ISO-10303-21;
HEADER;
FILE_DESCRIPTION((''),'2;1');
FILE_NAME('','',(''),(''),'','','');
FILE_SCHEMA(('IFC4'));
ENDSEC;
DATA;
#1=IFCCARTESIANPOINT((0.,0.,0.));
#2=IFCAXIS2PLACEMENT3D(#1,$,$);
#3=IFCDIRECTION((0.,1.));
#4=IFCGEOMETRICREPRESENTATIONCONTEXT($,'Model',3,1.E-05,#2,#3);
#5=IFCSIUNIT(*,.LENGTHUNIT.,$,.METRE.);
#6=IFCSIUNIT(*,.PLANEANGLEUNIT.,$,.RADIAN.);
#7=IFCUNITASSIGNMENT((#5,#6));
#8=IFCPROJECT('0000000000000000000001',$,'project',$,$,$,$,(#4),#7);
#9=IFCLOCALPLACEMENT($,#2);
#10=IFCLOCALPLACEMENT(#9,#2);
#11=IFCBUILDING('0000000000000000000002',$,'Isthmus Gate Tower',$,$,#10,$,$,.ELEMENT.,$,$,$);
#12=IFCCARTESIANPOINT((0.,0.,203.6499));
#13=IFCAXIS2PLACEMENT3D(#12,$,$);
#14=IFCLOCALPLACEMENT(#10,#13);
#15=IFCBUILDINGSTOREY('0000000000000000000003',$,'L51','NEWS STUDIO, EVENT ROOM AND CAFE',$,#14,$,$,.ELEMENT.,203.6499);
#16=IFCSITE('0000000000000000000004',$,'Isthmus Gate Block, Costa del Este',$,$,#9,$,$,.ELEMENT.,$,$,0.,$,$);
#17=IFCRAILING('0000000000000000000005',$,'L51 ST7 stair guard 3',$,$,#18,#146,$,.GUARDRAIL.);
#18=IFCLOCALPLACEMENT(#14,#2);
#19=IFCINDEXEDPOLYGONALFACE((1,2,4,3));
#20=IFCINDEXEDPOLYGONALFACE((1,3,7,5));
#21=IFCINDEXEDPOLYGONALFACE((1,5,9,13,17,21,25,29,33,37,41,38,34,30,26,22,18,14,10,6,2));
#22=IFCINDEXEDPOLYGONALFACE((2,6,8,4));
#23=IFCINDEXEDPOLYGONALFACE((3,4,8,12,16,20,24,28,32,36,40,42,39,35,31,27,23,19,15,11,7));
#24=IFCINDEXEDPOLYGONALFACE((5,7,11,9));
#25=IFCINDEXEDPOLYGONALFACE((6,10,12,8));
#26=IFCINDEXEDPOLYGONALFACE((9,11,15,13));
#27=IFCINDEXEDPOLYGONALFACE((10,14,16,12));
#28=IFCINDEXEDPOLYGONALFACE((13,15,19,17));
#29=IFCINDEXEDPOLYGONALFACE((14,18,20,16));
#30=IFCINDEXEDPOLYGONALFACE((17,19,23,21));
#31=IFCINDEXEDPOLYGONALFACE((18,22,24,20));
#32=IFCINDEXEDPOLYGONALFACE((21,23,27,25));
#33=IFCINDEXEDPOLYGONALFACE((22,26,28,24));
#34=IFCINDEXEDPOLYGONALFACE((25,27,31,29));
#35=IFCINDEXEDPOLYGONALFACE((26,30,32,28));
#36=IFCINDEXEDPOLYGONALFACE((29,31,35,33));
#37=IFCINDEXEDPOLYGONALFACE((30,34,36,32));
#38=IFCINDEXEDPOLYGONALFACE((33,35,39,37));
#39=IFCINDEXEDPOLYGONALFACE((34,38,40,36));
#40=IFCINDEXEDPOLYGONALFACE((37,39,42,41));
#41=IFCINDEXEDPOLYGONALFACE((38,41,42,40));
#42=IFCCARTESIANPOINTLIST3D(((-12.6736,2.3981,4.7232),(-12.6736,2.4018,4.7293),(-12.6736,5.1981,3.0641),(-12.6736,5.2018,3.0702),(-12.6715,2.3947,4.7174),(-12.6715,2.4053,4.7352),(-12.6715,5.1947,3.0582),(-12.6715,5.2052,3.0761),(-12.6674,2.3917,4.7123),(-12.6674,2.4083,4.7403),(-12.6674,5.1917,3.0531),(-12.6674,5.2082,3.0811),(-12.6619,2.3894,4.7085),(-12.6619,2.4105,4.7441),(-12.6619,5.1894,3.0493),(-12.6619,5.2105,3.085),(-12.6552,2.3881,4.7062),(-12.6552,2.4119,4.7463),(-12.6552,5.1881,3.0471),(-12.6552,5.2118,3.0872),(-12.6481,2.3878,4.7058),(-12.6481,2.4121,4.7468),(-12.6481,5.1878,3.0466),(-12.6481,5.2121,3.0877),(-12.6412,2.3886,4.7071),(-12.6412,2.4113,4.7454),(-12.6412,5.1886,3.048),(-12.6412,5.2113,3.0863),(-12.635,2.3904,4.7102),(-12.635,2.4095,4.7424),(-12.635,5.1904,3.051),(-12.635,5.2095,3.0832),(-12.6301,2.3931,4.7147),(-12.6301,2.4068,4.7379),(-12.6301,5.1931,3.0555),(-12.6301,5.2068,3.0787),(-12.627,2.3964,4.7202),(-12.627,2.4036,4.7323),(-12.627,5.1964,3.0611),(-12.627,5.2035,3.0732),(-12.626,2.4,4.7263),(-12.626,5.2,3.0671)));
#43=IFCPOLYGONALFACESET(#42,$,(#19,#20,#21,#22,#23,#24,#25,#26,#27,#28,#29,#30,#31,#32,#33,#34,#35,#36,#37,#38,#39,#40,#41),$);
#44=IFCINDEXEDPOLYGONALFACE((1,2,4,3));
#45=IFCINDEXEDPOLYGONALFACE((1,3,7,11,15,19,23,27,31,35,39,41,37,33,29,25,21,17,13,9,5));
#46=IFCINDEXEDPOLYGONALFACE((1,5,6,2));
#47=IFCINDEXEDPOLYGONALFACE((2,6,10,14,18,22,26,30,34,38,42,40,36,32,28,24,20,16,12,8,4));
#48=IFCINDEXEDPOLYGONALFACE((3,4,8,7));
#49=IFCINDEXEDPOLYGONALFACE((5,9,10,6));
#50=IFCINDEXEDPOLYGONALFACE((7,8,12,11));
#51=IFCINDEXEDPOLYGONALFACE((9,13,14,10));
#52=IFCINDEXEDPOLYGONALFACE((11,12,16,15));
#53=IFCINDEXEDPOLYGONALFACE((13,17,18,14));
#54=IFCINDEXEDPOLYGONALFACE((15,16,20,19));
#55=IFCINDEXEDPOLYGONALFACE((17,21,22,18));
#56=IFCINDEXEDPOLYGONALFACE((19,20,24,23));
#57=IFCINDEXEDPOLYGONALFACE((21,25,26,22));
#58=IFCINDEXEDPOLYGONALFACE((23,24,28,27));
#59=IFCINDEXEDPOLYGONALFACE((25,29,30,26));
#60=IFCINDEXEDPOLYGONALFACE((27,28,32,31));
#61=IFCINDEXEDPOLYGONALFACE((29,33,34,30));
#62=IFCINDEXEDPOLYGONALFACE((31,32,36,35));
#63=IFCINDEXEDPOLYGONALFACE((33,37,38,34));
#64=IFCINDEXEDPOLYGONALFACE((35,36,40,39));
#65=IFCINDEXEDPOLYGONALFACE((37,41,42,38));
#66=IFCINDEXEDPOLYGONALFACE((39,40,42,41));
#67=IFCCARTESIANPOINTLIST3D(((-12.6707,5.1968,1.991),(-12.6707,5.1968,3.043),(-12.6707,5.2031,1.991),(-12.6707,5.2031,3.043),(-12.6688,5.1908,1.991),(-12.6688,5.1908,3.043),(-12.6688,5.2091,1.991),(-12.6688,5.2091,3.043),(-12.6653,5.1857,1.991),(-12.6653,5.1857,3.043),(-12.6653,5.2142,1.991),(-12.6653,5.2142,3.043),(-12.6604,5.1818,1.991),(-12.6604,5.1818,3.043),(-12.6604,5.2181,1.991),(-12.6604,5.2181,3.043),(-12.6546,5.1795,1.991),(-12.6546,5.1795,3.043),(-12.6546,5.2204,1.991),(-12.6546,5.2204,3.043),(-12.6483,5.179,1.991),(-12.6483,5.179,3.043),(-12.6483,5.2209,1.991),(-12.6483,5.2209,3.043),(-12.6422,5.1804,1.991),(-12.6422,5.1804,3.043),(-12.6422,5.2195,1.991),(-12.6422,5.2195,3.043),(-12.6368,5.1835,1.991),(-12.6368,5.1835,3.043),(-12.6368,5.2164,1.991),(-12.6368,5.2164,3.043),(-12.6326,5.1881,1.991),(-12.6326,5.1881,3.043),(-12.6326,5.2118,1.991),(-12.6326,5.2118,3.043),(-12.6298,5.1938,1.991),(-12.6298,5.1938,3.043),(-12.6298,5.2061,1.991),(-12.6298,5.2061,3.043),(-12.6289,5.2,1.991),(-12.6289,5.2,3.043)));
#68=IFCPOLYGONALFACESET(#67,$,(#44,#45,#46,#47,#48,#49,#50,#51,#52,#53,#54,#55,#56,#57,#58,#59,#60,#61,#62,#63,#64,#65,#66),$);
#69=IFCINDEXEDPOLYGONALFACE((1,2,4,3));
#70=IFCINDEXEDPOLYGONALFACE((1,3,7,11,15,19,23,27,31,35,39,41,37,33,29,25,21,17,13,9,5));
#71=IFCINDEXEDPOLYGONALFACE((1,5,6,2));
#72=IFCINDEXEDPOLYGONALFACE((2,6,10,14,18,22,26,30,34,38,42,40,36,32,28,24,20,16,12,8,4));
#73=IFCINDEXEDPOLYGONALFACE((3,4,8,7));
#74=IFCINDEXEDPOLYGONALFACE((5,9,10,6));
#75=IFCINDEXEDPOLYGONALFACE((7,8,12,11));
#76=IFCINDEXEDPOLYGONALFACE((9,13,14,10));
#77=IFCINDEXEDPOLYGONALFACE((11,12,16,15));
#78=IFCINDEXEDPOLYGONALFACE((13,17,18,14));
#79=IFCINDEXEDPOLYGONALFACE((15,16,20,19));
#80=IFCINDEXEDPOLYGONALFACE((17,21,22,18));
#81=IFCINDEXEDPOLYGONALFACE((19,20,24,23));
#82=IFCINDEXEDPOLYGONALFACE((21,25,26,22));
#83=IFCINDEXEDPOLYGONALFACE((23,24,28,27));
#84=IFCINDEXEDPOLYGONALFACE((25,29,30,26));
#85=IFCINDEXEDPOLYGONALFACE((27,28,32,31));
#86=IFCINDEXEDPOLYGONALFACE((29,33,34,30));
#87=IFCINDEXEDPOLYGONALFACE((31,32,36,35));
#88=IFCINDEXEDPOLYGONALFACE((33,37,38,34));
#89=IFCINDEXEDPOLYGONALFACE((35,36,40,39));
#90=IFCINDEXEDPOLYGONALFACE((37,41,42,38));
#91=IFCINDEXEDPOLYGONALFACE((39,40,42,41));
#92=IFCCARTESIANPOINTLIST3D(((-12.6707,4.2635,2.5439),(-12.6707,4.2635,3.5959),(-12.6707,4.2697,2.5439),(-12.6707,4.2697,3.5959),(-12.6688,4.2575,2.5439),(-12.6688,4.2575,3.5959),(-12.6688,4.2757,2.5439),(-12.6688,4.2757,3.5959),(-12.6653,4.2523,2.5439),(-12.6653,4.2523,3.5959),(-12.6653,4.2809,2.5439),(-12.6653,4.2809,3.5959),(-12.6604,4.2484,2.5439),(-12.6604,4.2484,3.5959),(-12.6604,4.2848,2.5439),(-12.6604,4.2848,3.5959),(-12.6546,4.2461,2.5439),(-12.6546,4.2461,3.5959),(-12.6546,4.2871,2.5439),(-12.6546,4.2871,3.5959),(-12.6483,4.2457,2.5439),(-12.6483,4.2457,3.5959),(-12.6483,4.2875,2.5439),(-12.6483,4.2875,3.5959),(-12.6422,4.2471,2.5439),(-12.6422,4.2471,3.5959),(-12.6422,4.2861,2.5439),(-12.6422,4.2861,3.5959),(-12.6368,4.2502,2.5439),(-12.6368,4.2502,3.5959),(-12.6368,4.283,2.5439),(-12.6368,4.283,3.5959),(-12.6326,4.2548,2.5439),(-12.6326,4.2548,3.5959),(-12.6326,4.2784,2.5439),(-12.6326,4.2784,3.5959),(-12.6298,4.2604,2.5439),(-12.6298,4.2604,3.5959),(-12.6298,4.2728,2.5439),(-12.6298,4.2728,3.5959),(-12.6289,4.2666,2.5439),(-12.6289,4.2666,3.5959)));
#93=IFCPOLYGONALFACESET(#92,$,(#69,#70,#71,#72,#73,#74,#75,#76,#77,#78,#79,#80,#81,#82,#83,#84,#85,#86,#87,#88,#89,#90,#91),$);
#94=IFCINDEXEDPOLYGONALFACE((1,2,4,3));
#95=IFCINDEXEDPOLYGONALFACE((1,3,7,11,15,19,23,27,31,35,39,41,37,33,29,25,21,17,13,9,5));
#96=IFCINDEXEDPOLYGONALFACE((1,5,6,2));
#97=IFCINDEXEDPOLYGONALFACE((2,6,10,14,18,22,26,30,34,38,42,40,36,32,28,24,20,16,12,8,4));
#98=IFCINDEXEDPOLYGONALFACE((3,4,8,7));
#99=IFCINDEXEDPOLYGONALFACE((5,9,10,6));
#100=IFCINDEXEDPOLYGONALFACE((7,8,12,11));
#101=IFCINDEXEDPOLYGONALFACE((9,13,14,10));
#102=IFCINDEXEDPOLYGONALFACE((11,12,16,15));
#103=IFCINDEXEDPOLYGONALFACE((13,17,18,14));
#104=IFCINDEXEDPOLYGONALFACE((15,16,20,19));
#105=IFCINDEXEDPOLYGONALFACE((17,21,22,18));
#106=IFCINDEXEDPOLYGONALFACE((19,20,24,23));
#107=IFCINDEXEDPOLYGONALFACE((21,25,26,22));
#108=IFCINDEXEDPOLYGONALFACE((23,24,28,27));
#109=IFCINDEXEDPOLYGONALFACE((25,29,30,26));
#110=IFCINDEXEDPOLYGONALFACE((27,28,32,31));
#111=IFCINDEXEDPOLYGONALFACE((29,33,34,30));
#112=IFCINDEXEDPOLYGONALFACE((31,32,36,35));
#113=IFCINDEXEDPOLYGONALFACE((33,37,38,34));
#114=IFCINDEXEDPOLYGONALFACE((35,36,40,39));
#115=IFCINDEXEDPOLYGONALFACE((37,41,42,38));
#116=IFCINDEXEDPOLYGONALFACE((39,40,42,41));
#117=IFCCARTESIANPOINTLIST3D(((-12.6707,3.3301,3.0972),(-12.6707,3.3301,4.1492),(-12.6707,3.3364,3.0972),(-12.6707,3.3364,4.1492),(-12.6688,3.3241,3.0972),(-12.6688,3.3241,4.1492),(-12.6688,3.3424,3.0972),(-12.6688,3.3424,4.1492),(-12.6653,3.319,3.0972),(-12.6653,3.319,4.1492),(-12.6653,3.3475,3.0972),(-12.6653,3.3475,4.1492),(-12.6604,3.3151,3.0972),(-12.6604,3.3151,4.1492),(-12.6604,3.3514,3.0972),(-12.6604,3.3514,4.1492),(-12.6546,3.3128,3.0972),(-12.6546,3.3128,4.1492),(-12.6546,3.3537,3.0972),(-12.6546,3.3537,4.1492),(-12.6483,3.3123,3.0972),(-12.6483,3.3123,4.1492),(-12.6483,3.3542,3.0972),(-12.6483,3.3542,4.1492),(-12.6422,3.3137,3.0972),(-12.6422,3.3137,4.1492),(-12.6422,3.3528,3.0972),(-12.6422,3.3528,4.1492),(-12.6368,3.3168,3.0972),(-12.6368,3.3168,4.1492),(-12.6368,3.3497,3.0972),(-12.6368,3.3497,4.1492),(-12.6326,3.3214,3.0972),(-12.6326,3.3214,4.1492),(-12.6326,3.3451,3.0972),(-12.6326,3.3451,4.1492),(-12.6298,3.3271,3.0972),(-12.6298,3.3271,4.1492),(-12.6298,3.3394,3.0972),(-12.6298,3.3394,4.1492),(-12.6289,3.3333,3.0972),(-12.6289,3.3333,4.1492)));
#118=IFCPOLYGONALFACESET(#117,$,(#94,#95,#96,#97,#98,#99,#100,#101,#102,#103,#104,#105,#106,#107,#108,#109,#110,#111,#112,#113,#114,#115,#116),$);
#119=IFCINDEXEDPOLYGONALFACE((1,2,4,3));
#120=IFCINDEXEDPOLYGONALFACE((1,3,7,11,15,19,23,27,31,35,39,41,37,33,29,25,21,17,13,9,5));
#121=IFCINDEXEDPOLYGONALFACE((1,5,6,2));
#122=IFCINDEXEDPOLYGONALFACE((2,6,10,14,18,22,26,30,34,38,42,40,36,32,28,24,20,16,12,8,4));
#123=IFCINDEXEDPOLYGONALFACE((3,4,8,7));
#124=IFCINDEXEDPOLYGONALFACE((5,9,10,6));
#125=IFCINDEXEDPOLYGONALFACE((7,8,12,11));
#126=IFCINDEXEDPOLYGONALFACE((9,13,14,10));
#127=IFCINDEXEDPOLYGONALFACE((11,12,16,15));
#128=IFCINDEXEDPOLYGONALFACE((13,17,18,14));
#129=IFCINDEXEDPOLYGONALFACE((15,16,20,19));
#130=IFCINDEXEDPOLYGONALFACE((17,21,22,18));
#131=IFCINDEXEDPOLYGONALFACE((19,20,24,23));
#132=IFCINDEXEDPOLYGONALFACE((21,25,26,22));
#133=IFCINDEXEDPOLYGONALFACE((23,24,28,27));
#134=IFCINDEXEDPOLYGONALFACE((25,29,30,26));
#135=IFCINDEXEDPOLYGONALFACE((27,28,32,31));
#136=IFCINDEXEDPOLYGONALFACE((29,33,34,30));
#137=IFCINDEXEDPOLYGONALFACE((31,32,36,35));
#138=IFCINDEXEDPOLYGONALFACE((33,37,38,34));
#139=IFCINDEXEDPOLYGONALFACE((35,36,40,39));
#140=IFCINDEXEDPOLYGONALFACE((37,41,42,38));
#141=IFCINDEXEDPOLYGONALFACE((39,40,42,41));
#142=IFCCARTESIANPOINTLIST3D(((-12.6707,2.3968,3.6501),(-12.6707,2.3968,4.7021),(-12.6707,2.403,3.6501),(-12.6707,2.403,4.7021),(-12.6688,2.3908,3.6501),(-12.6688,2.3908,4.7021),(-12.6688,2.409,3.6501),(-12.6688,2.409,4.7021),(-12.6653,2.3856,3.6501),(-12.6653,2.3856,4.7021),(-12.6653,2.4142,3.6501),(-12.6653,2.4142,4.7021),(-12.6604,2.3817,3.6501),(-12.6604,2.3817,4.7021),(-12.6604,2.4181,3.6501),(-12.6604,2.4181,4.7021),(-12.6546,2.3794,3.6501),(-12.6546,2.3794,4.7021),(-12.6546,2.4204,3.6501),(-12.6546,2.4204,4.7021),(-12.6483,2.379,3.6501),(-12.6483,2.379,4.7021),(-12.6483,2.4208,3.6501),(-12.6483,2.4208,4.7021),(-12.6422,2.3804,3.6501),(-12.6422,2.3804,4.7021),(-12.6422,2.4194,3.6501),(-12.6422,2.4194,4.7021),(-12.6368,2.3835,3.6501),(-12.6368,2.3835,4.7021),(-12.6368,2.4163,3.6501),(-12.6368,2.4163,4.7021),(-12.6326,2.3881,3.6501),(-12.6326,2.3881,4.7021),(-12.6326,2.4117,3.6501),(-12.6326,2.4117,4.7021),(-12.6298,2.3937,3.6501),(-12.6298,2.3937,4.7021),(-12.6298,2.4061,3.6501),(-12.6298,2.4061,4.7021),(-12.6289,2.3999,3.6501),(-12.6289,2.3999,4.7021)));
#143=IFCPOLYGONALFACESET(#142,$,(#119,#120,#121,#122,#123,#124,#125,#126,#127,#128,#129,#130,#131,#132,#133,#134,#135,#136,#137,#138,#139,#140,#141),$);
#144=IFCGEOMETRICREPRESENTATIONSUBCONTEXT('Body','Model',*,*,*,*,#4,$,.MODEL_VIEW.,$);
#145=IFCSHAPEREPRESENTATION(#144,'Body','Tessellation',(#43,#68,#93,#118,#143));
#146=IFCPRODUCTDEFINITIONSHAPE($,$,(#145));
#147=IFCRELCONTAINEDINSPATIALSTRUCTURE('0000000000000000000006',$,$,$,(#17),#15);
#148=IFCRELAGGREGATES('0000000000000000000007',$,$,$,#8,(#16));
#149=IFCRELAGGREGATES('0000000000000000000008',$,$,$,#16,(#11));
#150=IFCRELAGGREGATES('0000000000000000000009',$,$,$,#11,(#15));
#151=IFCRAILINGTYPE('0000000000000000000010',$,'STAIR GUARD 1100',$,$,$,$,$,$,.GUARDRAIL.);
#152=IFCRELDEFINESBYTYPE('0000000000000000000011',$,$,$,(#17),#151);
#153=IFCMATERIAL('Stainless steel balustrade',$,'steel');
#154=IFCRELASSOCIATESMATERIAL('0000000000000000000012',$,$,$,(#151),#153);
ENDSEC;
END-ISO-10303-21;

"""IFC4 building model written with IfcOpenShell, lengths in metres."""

from ifc_helpers import new_model, si_unit, direction, frame, origin, origin_2d, place, context, subcontext, project, spatial, circle, extrude, material, type_object, element, save


model = new_model("IFC4")

# Units and contexts
model_context = context("Model", 3, precision=1e-05, world=origin(), true_north=direction((0.0, 1.0)))
body_context = subcontext(model_context, "Body", "Model", "MODEL_VIEW")
ifc_project = project(units=[si_unit("LENGTHUNIT", "METRE"), si_unit("PLANEANGLEUNIT", "RADIAN")], contexts=[model_context])

# Site, building, storey
site_placement = place(None, origin())
site = spatial("IfcSite", under=ifc_project, at=site_placement, Name="Isthmus Gate Block, Costa del Este", CompositionType="ELEMENT", RefElevation=0.0)
building_placement = place(site_placement, origin())
building = spatial("IfcBuilding", under=site, at=building_placement, Name="Isthmus Gate Tower", CompositionType="ELEMENT")
storey_placement = place(building_placement, frame((0.0, 0.0, 203.6499)))
storey = spatial("IfcBuildingStorey", under=building, at=storey_placement, Name="L51", Description="NEWS STUDIO, EVENT ROOM AND CAFE", CompositionType="ELEMENT", Elevation=203.6499)

# Railing
ifc_material_1 = material(Name="Stainless steel balustrade", Category="steel")
railing_type_1 = type_object("IfcRailingType", Name="STAIR GUARD 1100", PredefinedType="GUARDRAIL", material=ifc_material_1)
railing_1_placement = place(storey_placement, frame((-12.6499, 5.2, 1.991)))
element("IfcRailing", 1, at=railing_1_placement, inside=storey, type_object=railing_type_1, Name="L51 ST7 stair guard 3", PredefinedType="GUARDRAIL", context=body_context, shape_type="SweptSolid", body=[
    extrude(circle(Radius=0.0239, at=origin_2d()), frame((0.0, 0.0, 1.0762), z_axis=(0.0, -0.860306, 0.509778), x_axis=(1.0, 0.0, 0.0)), (0.0, 0.0, 1.0), 3.2546),
    extrude(circle(Radius=0.021, at=origin_2d()), origin(), (0.0, 0.0, 1.0), 1.052),
    extrude(circle(Radius=0.021, at=origin_2d()), frame((0.0, -0.9333, 0.553)), (0.0, 0.0, 1.0), 1.052),
    extrude(circle(Radius=0.021, at=origin_2d()), frame((0.0, -1.8667, 1.1062)), (0.0, 0.0, 1.0), 1.052),
    extrude(circle(Radius=0.021, at=origin_2d()), frame((0.0, -2.8, 1.6592)), (0.0, 0.0, 1.0), 1.052),
])

save(model, "model.ifc")
